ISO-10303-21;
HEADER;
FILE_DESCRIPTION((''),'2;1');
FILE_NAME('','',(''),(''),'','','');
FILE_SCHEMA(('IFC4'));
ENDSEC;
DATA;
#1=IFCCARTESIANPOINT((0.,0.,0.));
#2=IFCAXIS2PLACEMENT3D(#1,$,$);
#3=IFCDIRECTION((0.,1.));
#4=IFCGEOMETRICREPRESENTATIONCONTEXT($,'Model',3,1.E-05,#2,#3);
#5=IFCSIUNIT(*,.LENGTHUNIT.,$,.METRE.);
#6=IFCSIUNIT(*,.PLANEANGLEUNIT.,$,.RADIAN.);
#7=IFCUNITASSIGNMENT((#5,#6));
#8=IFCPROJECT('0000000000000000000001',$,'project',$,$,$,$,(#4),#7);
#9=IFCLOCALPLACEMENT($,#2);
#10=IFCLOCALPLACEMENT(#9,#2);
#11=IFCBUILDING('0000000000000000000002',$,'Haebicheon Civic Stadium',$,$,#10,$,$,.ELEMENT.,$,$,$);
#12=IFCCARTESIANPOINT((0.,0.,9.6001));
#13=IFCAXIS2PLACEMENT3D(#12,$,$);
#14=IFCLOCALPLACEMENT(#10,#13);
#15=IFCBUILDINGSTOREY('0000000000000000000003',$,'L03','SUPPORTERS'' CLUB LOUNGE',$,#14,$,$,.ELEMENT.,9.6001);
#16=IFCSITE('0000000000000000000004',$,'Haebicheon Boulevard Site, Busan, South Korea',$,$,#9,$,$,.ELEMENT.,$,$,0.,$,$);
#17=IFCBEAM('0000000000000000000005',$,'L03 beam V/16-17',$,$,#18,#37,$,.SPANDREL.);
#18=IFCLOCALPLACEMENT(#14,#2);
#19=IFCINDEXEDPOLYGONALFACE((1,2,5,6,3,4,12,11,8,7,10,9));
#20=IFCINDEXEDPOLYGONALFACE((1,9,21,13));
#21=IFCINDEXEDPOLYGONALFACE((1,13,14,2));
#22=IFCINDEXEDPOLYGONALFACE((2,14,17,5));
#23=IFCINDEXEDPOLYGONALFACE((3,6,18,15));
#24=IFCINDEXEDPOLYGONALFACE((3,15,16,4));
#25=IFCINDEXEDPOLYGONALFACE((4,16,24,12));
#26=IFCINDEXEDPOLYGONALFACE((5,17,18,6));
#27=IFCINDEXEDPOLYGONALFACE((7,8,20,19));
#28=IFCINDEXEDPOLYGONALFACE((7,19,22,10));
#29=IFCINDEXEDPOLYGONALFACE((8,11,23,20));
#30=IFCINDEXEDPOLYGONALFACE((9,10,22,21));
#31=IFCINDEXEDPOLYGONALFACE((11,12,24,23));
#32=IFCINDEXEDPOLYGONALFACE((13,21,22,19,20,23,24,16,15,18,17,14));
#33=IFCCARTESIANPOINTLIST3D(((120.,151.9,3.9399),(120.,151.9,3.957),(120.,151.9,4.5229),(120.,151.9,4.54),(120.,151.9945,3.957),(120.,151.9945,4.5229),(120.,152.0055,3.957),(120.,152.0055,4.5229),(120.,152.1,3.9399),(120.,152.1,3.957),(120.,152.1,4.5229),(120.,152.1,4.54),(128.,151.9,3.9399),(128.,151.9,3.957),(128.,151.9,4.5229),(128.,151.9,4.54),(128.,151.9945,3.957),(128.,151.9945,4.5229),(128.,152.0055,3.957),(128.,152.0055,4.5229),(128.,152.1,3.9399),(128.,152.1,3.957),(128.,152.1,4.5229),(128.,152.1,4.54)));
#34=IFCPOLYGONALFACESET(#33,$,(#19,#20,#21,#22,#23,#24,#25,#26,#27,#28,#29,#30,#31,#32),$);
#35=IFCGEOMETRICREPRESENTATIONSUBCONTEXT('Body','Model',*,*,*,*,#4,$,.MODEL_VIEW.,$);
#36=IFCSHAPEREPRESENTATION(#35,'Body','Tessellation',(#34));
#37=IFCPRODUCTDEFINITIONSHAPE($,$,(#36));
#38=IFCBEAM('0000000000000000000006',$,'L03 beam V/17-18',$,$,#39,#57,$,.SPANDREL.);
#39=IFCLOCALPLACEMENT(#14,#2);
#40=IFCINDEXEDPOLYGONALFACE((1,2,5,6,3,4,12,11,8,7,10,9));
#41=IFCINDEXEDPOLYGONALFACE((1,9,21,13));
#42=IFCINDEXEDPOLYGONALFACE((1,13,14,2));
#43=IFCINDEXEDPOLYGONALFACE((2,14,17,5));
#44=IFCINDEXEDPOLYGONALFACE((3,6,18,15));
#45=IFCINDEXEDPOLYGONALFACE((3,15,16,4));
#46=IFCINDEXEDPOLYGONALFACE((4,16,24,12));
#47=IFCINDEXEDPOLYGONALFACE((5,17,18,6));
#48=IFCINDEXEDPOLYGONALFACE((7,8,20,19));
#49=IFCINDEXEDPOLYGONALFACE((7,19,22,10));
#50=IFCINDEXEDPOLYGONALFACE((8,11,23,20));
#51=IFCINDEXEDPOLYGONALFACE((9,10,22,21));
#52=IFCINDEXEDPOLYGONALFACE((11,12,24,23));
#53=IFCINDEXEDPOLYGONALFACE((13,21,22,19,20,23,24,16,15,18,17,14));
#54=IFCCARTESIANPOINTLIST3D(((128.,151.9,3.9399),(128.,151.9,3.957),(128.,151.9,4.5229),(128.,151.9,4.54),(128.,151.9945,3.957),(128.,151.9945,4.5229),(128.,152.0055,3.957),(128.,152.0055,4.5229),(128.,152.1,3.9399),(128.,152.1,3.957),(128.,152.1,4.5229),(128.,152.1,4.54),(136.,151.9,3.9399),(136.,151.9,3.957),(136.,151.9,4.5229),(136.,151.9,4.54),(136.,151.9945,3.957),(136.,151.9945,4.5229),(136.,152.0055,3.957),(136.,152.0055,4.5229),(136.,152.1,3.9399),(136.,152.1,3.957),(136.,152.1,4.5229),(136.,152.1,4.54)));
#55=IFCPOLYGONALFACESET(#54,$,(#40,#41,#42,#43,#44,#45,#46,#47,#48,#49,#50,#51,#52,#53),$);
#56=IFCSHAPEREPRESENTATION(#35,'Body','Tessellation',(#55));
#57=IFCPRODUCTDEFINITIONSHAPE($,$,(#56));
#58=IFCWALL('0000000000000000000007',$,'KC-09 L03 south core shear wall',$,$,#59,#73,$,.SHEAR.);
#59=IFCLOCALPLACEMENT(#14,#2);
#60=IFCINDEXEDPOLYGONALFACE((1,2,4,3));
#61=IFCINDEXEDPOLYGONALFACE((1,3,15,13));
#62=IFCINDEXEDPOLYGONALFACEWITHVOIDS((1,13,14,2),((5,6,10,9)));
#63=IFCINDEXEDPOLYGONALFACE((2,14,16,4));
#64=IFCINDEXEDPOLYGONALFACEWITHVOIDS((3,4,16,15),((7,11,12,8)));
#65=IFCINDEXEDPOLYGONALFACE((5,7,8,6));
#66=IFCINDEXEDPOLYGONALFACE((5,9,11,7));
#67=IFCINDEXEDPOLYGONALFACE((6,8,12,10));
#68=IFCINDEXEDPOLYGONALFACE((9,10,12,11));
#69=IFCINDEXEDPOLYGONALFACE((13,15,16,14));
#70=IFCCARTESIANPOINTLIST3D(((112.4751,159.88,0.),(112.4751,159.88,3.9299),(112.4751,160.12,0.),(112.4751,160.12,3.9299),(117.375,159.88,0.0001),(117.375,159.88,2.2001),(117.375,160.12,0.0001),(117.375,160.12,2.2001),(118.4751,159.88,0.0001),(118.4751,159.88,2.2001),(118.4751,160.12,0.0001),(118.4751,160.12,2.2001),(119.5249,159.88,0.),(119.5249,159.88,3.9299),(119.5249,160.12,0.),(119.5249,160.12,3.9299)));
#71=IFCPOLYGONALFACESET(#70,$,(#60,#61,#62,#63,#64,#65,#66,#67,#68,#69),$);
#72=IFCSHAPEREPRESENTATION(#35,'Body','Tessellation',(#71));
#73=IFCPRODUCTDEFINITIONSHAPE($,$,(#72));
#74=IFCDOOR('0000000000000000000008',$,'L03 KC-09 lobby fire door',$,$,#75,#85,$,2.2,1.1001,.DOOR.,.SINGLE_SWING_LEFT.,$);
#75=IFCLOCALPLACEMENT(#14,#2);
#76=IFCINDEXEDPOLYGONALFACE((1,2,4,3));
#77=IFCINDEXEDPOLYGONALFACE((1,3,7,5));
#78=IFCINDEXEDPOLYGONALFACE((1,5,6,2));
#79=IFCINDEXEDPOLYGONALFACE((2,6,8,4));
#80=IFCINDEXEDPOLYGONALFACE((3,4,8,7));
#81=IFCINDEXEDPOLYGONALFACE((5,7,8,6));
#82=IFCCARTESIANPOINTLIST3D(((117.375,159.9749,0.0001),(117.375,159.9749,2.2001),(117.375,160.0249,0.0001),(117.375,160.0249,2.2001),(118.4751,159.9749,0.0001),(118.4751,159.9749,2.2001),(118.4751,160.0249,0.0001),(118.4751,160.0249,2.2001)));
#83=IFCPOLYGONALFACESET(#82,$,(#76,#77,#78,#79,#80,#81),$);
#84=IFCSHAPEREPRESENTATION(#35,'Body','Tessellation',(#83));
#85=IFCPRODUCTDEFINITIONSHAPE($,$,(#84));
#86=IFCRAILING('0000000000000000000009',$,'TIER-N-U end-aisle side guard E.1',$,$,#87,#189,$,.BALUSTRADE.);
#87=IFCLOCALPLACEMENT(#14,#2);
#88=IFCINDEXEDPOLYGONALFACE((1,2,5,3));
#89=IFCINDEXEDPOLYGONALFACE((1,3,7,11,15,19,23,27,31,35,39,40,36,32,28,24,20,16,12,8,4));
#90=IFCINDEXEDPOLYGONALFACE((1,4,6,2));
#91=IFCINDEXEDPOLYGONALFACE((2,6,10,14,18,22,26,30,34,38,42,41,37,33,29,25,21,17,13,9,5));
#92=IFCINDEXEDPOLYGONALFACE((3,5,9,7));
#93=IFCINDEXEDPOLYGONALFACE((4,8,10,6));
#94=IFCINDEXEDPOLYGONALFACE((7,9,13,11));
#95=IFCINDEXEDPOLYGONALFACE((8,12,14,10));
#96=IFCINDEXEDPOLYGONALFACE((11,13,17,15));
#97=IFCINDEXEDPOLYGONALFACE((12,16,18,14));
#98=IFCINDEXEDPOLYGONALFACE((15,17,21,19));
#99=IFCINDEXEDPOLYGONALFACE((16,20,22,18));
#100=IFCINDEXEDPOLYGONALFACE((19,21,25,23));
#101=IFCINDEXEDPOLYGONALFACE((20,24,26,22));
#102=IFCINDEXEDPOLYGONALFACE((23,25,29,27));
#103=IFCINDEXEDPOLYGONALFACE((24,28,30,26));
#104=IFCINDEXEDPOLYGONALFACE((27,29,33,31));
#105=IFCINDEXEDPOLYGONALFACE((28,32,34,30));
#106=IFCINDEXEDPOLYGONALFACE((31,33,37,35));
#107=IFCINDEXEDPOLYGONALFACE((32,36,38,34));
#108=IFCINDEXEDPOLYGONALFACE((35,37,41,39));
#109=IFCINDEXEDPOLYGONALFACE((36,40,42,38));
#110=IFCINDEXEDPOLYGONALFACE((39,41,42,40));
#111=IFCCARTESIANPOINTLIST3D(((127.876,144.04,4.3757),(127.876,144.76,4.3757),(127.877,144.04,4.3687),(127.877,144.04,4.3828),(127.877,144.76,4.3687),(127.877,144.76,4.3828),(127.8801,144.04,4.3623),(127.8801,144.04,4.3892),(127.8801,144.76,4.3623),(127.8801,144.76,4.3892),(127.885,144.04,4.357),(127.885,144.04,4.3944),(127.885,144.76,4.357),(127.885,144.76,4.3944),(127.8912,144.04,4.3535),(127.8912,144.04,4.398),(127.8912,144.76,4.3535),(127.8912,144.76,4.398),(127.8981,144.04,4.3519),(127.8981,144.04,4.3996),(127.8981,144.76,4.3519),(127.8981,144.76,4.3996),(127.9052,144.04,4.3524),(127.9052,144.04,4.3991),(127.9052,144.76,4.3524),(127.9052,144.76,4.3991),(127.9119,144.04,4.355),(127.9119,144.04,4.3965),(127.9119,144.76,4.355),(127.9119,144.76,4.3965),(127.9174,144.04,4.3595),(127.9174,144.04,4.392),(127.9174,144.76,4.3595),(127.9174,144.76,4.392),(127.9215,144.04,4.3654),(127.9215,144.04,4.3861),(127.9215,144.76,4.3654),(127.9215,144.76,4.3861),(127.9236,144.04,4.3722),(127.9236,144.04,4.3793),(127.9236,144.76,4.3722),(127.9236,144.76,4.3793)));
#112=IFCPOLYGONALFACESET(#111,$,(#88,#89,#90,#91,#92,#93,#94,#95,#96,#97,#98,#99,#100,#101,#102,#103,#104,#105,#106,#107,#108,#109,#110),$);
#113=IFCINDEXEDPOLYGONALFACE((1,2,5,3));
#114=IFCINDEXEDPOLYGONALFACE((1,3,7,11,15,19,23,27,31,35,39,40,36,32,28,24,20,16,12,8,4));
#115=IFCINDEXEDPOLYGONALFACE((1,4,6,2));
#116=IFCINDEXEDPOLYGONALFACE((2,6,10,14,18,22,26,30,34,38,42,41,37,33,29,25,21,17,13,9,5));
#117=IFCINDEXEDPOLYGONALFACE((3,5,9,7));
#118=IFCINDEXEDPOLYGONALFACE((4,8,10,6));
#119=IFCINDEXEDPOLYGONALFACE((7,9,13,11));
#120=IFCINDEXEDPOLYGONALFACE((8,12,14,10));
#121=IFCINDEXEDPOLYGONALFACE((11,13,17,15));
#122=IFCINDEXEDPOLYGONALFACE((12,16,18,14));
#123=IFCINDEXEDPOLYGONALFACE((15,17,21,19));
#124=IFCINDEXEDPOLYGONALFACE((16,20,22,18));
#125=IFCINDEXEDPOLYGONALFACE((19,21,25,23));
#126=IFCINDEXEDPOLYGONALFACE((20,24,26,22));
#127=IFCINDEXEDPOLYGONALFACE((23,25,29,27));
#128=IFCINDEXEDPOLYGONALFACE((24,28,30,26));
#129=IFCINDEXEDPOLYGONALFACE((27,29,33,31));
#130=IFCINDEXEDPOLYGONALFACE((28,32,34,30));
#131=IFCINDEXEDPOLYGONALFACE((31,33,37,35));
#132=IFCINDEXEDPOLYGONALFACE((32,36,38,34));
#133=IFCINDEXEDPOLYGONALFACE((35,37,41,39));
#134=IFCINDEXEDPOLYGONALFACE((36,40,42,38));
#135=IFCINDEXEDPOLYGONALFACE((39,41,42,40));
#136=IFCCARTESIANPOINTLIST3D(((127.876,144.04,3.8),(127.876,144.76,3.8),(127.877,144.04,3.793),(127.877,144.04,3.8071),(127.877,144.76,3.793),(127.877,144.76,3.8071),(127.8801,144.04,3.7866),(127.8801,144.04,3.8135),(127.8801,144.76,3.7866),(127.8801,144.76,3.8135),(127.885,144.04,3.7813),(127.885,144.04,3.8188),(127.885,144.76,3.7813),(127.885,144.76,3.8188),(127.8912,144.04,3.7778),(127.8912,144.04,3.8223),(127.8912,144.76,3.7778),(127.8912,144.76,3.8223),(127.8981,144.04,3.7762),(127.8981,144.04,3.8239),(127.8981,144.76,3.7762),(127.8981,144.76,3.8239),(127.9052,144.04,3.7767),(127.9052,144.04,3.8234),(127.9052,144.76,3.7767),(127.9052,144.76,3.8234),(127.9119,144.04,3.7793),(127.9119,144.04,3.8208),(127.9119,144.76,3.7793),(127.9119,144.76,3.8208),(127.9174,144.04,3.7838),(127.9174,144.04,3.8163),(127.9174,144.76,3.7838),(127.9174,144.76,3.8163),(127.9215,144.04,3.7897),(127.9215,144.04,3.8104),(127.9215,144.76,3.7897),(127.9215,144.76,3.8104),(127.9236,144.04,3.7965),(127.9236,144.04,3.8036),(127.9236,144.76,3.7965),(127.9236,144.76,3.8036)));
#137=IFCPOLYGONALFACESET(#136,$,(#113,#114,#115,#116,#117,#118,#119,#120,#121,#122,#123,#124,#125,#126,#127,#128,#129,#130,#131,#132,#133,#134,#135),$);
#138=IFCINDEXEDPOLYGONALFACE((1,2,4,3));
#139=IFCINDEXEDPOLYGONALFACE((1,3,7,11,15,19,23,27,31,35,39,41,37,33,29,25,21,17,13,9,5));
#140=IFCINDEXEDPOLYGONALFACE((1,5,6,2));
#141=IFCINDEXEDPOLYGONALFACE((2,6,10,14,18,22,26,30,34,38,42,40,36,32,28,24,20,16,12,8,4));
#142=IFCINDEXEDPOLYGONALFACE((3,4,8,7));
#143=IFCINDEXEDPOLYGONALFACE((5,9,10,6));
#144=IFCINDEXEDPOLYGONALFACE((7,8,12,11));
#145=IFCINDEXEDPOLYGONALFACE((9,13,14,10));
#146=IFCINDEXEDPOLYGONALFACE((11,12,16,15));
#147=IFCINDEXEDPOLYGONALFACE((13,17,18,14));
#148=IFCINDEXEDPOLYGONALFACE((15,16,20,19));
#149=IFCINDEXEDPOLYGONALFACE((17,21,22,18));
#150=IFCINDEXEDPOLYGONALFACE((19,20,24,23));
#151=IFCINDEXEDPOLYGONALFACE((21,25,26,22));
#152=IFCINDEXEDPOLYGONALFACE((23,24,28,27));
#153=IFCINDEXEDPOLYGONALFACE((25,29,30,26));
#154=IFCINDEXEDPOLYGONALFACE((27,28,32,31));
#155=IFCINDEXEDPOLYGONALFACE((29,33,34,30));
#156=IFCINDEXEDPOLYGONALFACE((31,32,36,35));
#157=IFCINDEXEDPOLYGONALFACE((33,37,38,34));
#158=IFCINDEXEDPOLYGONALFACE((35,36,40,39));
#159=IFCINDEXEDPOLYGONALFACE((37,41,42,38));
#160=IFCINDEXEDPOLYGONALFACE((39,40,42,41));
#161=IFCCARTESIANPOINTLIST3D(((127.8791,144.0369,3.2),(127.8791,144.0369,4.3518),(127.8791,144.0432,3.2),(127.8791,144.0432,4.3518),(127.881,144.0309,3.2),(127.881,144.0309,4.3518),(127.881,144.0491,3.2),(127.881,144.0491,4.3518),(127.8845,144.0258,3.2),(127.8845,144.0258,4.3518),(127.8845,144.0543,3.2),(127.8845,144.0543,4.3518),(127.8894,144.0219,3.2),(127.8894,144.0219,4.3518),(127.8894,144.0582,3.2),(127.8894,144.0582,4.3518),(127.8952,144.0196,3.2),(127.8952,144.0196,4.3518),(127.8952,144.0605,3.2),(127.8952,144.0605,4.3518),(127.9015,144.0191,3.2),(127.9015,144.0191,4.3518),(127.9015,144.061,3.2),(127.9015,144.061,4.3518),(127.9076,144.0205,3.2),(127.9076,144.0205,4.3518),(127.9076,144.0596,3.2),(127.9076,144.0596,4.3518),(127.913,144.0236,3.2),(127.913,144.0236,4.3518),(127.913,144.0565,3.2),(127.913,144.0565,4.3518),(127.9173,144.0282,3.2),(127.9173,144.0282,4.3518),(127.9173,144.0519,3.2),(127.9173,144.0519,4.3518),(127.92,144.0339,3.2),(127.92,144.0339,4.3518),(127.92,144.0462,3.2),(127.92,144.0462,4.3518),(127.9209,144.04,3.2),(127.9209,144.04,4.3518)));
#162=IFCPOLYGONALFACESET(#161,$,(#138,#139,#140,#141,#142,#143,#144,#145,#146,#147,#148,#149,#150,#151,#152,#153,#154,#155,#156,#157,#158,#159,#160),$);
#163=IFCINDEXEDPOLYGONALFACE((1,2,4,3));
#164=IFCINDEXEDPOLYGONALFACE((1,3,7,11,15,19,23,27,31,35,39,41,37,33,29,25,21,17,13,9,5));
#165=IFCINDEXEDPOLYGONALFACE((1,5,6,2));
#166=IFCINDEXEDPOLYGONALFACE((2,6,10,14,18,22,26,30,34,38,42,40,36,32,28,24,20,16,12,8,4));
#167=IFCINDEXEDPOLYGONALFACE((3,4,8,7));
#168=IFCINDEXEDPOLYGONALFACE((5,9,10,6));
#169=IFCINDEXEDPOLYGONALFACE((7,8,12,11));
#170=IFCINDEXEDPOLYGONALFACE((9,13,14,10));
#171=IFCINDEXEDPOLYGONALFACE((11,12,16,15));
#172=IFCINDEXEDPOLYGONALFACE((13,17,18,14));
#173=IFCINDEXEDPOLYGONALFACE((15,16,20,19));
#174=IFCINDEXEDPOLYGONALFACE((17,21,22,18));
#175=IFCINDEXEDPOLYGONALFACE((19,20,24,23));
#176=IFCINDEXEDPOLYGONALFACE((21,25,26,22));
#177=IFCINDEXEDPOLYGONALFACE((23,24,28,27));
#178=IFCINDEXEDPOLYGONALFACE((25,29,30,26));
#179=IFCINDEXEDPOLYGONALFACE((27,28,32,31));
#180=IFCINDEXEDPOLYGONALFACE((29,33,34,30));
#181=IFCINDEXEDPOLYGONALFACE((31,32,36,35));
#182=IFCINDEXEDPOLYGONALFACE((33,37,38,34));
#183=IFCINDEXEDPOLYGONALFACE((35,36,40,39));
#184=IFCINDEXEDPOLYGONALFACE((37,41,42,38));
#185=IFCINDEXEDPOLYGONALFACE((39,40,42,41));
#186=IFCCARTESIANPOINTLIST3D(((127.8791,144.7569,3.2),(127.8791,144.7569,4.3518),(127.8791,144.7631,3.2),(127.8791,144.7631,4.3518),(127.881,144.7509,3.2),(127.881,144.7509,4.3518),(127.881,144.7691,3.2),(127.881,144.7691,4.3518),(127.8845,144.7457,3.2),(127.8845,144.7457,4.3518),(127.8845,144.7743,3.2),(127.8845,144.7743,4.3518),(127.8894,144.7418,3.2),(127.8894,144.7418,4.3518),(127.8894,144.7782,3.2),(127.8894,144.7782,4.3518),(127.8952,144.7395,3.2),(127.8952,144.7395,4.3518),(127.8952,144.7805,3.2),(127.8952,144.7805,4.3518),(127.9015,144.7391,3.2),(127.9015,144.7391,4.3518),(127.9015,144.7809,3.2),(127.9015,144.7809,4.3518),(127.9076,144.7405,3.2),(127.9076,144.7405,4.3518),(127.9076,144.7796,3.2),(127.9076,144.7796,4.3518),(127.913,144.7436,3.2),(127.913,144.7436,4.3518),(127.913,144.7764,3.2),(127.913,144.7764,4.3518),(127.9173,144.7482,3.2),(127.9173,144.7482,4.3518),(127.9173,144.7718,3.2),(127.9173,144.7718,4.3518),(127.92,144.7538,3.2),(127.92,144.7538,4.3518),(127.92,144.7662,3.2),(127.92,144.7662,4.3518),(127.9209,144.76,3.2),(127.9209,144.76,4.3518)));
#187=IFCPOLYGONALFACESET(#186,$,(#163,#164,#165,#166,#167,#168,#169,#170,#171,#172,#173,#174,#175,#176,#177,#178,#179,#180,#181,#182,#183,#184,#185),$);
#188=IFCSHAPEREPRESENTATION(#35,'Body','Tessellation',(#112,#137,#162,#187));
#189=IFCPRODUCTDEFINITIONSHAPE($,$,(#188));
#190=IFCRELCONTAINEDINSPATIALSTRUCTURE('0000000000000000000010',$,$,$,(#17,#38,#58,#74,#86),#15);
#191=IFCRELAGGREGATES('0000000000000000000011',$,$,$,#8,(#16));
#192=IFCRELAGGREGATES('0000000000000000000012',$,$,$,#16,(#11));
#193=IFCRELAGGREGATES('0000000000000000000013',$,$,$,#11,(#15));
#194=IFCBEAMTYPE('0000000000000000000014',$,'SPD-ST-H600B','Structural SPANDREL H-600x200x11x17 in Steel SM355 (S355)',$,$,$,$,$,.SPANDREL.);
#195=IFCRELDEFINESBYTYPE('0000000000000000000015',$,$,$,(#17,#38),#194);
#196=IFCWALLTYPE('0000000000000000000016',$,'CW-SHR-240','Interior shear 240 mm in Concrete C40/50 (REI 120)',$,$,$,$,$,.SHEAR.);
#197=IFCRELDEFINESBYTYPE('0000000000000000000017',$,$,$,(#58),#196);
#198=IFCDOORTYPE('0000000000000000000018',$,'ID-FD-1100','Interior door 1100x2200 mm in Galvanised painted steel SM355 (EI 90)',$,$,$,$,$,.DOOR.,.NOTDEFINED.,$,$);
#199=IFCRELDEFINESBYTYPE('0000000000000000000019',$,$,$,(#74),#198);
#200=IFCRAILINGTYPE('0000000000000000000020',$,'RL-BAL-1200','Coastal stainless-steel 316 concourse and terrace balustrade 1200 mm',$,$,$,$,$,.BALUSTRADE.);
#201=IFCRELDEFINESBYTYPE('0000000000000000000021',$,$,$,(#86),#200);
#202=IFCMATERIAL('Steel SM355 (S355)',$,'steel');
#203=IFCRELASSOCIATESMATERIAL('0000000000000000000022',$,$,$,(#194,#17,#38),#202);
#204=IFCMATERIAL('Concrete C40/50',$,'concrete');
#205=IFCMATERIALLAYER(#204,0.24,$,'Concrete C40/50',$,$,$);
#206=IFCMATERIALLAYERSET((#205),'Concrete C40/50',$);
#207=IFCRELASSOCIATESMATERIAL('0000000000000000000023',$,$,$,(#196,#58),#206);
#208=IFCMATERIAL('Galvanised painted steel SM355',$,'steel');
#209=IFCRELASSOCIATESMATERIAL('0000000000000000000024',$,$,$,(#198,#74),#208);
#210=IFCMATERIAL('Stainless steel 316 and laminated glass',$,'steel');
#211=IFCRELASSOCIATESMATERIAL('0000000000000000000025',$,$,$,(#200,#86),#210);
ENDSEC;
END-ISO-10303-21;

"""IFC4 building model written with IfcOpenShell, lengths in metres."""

from ifc_helpers import new_model, si_unit, direction, frame, frame_2d, origin, origin_2d, place, context, subcontext, project, spatial, rectangle, circle, i_section, extrude, material, layer, layer_set, material_profile, profile_set, type_object, element, fill, save


model = new_model("IFC4")

# Units and contexts
model_context = context("Model", 3, precision=1e-05, world=origin(), true_north=direction((0.0, 1.0)))
body_context = subcontext(model_context, "Body", "Model", "MODEL_VIEW")
ifc_project = project(units=[si_unit("LENGTHUNIT", "METRE"), si_unit("PLANEANGLEUNIT", "RADIAN")], contexts=[model_context])

# Site, building, storey
site_placement = place(None, origin())
site = spatial("IfcSite", under=ifc_project, at=site_placement, Name="Haebicheon Boulevard Site, Busan, South Korea", CompositionType="ELEMENT", RefElevation=0.0)
building_placement = place(site_placement, origin())
building = spatial("IfcBuilding", under=site, at=building_placement, Name="Haebicheon Civic Stadium", CompositionType="ELEMENT")
storey_placement = place(building_placement, frame((0.0, 0.0, 9.6001)))
storey = spatial("IfcBuildingStorey", under=building, at=storey_placement, Name="L03", Description="SUPPORTERS' CLUB LOUNGE", CompositionType="ELEMENT", Elevation=9.6001)

# Beams
ifc_material_1 = material(Name="Steel SM355 (S355)", Category="steel")
ifc_material_profile_1 = material_profile(ifc_material_1, i_section(OverallWidth=0.2, OverallDepth=0.6001, WebThickness=0.011, FlangeThickness=0.0171, at=origin_2d()), Name="H-600x200x11x17")
ifc_profile_set_1 = profile_set([ifc_material_profile_1], Name="Steel SM355 (S355)")
beam_type_1 = type_object("IfcBeamType", Name="SPD-ST-H600B", Description="Structural SPANDREL H-600x200x11x17 in Steel SM355 (S355)", PredefinedType="SPANDREL", material=ifc_profile_set_1)
for number, where, z_axis, x_axis, name in (
    (1, (120.0, 152.0, 4.24), (1.0, 0.0, 0.0), (0.0, 1.0, 0.0), "L03 beam V/16-17"),
    (2, (128.0, 152.0, 4.24), (1.0, 0.0, 0.0), (0.0, 1.0, 0.0), "L03 beam V/17-18"),
):
    element("IfcBeam", number, at=place(storey_placement, frame(where, z_axis=z_axis, x_axis=x_axis)), inside=storey, type_object=beam_type_1, material=ifc_profile_set_1, Name=name, PredefinedType="SPANDREL", context=body_context, shape_type="SweptSolid", body=[
        extrude(i_section(OverallWidth=0.2, OverallDepth=0.6001, WebThickness=0.011, FlangeThickness=0.0171, at=origin_2d()), origin(), (0.0, 0.0, 1.0), 8.0),
    ])

# Wall, opening, door
ifc_material_2 = material(Name="Concrete C40/50", Category="concrete")
ifc_layer = layer(ifc_material_2, 0.24, Name="Concrete C40/50")
ifc_layer_set = layer_set([ifc_layer], Name="Concrete C40/50")
wall_type = type_object("IfcWallType", Name="CW-SHR-240", Description="Interior shear 240 mm in Concrete C40/50 (REI 120)", PredefinedType="SHEAR", material=ifc_layer_set)
wall_placement = place(storey_placement, frame((112.4751, 160.0, 0.0), z_axis=(0.0, 0.0, 1.0), x_axis=(1.0, 0.0, 0.0)))
wall = element("IfcWall", 3, at=wall_placement, inside=storey, type_object=wall_type, material=ifc_layer_set, Name="KC-09 L03 south core shear wall", PredefinedType="SHEAR", context=body_context, shape_type="SweptSolid", body=[
    extrude(rectangle(XDim=7.0498, YDim=0.24, at=frame_2d((3.5249, 0.0))), origin(), (0.0, 0.0, 1.0), 3.9299),
])
opening_placement = place(wall_placement, frame((4.8999, 0.0, 0.0)))
opening = element("IfcOpeningElement", 4, at=opening_placement, cuts=wall, PredefinedType="OPENING", context=body_context, shape_type="SweptSolid", body=[
    extrude(rectangle(XDim=1.1001, YDim=2.2, at=frame_2d((0.55, 1.1001))), frame((0.0, 0.1299, 0.0), z_axis=(0.0, -1.0, 0.0), x_axis=(1.0, 0.0, 0.0)), (0.0, 0.0, 1.0), 0.26),
])
ifc_material_3 = material(Name="Galvanised painted steel SM355", Category="steel")
door_type = type_object("IfcDoorType", Name="ID-FD-1100", Description="Interior door 1100x2200 mm in Galvanised painted steel SM355 (EI 90)", OperationType="NOTDEFINED", PredefinedType="DOOR", material=ifc_material_3)
door_placement = place(opening_placement, origin())
door = element("IfcDoor", 5, at=door_placement, inside=storey, type_object=door_type, material=ifc_material_3, Name="L03 KC-09 lobby fire door", OperationType="SINGLE_SWING_LEFT", OverallHeight=2.2, OverallWidth=1.1001, PredefinedType="DOOR", context=body_context, shape_type="SweptSolid", body=[
    extrude(rectangle(XDim=1.1001, YDim=2.2, at=frame_2d((0.55, 1.1001))), frame((0.0, 0.0249, 0.0), z_axis=(0.0, -1.0, 0.0), x_axis=(1.0, 0.0, 0.0)), (0.0, 0.0, 1.0), 0.05),
])
fill(opening, door)

# Railing
ifc_material_4 = material(Name="Stainless steel 316 and laminated glass", Category="steel")
railing_type = type_object("IfcRailingType", Name="RL-BAL-1200", Description="Coastal stainless-steel 316 concourse and terrace balustrade 1200 mm", PredefinedType="BALUSTRADE", material=ifc_material_4)
for number, where, name in (
    (6, (127.8999, 144.04, 3.2), "TIER-N-U end-aisle side guard E.1"),
):
    element("IfcRailing", number, at=place(storey_placement, frame(where)), inside=storey, type_object=railing_type, material=ifc_material_4, Name=name, PredefinedType="BALUSTRADE", context=body_context, shape_type="SweptSolid", body=[
        extrude(circle(Radius=0.0239, at=origin_2d()), frame((0.0, 0.0, 1.1758), z_axis=(0.0, 1.0, 0.0), x_axis=(-1.0, 0.0, 0.0)), (0.0, 0.0, 1.0), 0.72),
        extrude(circle(Radius=0.0239, at=origin_2d()), frame((0.0, 0.0, 0.6001), z_axis=(0.0, 1.0, 0.0), x_axis=(-1.0, 0.0, 0.0)), (0.0, 0.0, 1.0), 0.72),
        extrude(circle(Radius=0.021, at=origin_2d()), origin(), (0.0, 0.0, 1.0), 1.1519),
        extrude(circle(Radius=0.021, at=origin_2d()), frame((0.0, 0.72, 0.0)), (0.0, 0.0, 1.0), 1.1519),
    ])

save(model, "model.ifc")
